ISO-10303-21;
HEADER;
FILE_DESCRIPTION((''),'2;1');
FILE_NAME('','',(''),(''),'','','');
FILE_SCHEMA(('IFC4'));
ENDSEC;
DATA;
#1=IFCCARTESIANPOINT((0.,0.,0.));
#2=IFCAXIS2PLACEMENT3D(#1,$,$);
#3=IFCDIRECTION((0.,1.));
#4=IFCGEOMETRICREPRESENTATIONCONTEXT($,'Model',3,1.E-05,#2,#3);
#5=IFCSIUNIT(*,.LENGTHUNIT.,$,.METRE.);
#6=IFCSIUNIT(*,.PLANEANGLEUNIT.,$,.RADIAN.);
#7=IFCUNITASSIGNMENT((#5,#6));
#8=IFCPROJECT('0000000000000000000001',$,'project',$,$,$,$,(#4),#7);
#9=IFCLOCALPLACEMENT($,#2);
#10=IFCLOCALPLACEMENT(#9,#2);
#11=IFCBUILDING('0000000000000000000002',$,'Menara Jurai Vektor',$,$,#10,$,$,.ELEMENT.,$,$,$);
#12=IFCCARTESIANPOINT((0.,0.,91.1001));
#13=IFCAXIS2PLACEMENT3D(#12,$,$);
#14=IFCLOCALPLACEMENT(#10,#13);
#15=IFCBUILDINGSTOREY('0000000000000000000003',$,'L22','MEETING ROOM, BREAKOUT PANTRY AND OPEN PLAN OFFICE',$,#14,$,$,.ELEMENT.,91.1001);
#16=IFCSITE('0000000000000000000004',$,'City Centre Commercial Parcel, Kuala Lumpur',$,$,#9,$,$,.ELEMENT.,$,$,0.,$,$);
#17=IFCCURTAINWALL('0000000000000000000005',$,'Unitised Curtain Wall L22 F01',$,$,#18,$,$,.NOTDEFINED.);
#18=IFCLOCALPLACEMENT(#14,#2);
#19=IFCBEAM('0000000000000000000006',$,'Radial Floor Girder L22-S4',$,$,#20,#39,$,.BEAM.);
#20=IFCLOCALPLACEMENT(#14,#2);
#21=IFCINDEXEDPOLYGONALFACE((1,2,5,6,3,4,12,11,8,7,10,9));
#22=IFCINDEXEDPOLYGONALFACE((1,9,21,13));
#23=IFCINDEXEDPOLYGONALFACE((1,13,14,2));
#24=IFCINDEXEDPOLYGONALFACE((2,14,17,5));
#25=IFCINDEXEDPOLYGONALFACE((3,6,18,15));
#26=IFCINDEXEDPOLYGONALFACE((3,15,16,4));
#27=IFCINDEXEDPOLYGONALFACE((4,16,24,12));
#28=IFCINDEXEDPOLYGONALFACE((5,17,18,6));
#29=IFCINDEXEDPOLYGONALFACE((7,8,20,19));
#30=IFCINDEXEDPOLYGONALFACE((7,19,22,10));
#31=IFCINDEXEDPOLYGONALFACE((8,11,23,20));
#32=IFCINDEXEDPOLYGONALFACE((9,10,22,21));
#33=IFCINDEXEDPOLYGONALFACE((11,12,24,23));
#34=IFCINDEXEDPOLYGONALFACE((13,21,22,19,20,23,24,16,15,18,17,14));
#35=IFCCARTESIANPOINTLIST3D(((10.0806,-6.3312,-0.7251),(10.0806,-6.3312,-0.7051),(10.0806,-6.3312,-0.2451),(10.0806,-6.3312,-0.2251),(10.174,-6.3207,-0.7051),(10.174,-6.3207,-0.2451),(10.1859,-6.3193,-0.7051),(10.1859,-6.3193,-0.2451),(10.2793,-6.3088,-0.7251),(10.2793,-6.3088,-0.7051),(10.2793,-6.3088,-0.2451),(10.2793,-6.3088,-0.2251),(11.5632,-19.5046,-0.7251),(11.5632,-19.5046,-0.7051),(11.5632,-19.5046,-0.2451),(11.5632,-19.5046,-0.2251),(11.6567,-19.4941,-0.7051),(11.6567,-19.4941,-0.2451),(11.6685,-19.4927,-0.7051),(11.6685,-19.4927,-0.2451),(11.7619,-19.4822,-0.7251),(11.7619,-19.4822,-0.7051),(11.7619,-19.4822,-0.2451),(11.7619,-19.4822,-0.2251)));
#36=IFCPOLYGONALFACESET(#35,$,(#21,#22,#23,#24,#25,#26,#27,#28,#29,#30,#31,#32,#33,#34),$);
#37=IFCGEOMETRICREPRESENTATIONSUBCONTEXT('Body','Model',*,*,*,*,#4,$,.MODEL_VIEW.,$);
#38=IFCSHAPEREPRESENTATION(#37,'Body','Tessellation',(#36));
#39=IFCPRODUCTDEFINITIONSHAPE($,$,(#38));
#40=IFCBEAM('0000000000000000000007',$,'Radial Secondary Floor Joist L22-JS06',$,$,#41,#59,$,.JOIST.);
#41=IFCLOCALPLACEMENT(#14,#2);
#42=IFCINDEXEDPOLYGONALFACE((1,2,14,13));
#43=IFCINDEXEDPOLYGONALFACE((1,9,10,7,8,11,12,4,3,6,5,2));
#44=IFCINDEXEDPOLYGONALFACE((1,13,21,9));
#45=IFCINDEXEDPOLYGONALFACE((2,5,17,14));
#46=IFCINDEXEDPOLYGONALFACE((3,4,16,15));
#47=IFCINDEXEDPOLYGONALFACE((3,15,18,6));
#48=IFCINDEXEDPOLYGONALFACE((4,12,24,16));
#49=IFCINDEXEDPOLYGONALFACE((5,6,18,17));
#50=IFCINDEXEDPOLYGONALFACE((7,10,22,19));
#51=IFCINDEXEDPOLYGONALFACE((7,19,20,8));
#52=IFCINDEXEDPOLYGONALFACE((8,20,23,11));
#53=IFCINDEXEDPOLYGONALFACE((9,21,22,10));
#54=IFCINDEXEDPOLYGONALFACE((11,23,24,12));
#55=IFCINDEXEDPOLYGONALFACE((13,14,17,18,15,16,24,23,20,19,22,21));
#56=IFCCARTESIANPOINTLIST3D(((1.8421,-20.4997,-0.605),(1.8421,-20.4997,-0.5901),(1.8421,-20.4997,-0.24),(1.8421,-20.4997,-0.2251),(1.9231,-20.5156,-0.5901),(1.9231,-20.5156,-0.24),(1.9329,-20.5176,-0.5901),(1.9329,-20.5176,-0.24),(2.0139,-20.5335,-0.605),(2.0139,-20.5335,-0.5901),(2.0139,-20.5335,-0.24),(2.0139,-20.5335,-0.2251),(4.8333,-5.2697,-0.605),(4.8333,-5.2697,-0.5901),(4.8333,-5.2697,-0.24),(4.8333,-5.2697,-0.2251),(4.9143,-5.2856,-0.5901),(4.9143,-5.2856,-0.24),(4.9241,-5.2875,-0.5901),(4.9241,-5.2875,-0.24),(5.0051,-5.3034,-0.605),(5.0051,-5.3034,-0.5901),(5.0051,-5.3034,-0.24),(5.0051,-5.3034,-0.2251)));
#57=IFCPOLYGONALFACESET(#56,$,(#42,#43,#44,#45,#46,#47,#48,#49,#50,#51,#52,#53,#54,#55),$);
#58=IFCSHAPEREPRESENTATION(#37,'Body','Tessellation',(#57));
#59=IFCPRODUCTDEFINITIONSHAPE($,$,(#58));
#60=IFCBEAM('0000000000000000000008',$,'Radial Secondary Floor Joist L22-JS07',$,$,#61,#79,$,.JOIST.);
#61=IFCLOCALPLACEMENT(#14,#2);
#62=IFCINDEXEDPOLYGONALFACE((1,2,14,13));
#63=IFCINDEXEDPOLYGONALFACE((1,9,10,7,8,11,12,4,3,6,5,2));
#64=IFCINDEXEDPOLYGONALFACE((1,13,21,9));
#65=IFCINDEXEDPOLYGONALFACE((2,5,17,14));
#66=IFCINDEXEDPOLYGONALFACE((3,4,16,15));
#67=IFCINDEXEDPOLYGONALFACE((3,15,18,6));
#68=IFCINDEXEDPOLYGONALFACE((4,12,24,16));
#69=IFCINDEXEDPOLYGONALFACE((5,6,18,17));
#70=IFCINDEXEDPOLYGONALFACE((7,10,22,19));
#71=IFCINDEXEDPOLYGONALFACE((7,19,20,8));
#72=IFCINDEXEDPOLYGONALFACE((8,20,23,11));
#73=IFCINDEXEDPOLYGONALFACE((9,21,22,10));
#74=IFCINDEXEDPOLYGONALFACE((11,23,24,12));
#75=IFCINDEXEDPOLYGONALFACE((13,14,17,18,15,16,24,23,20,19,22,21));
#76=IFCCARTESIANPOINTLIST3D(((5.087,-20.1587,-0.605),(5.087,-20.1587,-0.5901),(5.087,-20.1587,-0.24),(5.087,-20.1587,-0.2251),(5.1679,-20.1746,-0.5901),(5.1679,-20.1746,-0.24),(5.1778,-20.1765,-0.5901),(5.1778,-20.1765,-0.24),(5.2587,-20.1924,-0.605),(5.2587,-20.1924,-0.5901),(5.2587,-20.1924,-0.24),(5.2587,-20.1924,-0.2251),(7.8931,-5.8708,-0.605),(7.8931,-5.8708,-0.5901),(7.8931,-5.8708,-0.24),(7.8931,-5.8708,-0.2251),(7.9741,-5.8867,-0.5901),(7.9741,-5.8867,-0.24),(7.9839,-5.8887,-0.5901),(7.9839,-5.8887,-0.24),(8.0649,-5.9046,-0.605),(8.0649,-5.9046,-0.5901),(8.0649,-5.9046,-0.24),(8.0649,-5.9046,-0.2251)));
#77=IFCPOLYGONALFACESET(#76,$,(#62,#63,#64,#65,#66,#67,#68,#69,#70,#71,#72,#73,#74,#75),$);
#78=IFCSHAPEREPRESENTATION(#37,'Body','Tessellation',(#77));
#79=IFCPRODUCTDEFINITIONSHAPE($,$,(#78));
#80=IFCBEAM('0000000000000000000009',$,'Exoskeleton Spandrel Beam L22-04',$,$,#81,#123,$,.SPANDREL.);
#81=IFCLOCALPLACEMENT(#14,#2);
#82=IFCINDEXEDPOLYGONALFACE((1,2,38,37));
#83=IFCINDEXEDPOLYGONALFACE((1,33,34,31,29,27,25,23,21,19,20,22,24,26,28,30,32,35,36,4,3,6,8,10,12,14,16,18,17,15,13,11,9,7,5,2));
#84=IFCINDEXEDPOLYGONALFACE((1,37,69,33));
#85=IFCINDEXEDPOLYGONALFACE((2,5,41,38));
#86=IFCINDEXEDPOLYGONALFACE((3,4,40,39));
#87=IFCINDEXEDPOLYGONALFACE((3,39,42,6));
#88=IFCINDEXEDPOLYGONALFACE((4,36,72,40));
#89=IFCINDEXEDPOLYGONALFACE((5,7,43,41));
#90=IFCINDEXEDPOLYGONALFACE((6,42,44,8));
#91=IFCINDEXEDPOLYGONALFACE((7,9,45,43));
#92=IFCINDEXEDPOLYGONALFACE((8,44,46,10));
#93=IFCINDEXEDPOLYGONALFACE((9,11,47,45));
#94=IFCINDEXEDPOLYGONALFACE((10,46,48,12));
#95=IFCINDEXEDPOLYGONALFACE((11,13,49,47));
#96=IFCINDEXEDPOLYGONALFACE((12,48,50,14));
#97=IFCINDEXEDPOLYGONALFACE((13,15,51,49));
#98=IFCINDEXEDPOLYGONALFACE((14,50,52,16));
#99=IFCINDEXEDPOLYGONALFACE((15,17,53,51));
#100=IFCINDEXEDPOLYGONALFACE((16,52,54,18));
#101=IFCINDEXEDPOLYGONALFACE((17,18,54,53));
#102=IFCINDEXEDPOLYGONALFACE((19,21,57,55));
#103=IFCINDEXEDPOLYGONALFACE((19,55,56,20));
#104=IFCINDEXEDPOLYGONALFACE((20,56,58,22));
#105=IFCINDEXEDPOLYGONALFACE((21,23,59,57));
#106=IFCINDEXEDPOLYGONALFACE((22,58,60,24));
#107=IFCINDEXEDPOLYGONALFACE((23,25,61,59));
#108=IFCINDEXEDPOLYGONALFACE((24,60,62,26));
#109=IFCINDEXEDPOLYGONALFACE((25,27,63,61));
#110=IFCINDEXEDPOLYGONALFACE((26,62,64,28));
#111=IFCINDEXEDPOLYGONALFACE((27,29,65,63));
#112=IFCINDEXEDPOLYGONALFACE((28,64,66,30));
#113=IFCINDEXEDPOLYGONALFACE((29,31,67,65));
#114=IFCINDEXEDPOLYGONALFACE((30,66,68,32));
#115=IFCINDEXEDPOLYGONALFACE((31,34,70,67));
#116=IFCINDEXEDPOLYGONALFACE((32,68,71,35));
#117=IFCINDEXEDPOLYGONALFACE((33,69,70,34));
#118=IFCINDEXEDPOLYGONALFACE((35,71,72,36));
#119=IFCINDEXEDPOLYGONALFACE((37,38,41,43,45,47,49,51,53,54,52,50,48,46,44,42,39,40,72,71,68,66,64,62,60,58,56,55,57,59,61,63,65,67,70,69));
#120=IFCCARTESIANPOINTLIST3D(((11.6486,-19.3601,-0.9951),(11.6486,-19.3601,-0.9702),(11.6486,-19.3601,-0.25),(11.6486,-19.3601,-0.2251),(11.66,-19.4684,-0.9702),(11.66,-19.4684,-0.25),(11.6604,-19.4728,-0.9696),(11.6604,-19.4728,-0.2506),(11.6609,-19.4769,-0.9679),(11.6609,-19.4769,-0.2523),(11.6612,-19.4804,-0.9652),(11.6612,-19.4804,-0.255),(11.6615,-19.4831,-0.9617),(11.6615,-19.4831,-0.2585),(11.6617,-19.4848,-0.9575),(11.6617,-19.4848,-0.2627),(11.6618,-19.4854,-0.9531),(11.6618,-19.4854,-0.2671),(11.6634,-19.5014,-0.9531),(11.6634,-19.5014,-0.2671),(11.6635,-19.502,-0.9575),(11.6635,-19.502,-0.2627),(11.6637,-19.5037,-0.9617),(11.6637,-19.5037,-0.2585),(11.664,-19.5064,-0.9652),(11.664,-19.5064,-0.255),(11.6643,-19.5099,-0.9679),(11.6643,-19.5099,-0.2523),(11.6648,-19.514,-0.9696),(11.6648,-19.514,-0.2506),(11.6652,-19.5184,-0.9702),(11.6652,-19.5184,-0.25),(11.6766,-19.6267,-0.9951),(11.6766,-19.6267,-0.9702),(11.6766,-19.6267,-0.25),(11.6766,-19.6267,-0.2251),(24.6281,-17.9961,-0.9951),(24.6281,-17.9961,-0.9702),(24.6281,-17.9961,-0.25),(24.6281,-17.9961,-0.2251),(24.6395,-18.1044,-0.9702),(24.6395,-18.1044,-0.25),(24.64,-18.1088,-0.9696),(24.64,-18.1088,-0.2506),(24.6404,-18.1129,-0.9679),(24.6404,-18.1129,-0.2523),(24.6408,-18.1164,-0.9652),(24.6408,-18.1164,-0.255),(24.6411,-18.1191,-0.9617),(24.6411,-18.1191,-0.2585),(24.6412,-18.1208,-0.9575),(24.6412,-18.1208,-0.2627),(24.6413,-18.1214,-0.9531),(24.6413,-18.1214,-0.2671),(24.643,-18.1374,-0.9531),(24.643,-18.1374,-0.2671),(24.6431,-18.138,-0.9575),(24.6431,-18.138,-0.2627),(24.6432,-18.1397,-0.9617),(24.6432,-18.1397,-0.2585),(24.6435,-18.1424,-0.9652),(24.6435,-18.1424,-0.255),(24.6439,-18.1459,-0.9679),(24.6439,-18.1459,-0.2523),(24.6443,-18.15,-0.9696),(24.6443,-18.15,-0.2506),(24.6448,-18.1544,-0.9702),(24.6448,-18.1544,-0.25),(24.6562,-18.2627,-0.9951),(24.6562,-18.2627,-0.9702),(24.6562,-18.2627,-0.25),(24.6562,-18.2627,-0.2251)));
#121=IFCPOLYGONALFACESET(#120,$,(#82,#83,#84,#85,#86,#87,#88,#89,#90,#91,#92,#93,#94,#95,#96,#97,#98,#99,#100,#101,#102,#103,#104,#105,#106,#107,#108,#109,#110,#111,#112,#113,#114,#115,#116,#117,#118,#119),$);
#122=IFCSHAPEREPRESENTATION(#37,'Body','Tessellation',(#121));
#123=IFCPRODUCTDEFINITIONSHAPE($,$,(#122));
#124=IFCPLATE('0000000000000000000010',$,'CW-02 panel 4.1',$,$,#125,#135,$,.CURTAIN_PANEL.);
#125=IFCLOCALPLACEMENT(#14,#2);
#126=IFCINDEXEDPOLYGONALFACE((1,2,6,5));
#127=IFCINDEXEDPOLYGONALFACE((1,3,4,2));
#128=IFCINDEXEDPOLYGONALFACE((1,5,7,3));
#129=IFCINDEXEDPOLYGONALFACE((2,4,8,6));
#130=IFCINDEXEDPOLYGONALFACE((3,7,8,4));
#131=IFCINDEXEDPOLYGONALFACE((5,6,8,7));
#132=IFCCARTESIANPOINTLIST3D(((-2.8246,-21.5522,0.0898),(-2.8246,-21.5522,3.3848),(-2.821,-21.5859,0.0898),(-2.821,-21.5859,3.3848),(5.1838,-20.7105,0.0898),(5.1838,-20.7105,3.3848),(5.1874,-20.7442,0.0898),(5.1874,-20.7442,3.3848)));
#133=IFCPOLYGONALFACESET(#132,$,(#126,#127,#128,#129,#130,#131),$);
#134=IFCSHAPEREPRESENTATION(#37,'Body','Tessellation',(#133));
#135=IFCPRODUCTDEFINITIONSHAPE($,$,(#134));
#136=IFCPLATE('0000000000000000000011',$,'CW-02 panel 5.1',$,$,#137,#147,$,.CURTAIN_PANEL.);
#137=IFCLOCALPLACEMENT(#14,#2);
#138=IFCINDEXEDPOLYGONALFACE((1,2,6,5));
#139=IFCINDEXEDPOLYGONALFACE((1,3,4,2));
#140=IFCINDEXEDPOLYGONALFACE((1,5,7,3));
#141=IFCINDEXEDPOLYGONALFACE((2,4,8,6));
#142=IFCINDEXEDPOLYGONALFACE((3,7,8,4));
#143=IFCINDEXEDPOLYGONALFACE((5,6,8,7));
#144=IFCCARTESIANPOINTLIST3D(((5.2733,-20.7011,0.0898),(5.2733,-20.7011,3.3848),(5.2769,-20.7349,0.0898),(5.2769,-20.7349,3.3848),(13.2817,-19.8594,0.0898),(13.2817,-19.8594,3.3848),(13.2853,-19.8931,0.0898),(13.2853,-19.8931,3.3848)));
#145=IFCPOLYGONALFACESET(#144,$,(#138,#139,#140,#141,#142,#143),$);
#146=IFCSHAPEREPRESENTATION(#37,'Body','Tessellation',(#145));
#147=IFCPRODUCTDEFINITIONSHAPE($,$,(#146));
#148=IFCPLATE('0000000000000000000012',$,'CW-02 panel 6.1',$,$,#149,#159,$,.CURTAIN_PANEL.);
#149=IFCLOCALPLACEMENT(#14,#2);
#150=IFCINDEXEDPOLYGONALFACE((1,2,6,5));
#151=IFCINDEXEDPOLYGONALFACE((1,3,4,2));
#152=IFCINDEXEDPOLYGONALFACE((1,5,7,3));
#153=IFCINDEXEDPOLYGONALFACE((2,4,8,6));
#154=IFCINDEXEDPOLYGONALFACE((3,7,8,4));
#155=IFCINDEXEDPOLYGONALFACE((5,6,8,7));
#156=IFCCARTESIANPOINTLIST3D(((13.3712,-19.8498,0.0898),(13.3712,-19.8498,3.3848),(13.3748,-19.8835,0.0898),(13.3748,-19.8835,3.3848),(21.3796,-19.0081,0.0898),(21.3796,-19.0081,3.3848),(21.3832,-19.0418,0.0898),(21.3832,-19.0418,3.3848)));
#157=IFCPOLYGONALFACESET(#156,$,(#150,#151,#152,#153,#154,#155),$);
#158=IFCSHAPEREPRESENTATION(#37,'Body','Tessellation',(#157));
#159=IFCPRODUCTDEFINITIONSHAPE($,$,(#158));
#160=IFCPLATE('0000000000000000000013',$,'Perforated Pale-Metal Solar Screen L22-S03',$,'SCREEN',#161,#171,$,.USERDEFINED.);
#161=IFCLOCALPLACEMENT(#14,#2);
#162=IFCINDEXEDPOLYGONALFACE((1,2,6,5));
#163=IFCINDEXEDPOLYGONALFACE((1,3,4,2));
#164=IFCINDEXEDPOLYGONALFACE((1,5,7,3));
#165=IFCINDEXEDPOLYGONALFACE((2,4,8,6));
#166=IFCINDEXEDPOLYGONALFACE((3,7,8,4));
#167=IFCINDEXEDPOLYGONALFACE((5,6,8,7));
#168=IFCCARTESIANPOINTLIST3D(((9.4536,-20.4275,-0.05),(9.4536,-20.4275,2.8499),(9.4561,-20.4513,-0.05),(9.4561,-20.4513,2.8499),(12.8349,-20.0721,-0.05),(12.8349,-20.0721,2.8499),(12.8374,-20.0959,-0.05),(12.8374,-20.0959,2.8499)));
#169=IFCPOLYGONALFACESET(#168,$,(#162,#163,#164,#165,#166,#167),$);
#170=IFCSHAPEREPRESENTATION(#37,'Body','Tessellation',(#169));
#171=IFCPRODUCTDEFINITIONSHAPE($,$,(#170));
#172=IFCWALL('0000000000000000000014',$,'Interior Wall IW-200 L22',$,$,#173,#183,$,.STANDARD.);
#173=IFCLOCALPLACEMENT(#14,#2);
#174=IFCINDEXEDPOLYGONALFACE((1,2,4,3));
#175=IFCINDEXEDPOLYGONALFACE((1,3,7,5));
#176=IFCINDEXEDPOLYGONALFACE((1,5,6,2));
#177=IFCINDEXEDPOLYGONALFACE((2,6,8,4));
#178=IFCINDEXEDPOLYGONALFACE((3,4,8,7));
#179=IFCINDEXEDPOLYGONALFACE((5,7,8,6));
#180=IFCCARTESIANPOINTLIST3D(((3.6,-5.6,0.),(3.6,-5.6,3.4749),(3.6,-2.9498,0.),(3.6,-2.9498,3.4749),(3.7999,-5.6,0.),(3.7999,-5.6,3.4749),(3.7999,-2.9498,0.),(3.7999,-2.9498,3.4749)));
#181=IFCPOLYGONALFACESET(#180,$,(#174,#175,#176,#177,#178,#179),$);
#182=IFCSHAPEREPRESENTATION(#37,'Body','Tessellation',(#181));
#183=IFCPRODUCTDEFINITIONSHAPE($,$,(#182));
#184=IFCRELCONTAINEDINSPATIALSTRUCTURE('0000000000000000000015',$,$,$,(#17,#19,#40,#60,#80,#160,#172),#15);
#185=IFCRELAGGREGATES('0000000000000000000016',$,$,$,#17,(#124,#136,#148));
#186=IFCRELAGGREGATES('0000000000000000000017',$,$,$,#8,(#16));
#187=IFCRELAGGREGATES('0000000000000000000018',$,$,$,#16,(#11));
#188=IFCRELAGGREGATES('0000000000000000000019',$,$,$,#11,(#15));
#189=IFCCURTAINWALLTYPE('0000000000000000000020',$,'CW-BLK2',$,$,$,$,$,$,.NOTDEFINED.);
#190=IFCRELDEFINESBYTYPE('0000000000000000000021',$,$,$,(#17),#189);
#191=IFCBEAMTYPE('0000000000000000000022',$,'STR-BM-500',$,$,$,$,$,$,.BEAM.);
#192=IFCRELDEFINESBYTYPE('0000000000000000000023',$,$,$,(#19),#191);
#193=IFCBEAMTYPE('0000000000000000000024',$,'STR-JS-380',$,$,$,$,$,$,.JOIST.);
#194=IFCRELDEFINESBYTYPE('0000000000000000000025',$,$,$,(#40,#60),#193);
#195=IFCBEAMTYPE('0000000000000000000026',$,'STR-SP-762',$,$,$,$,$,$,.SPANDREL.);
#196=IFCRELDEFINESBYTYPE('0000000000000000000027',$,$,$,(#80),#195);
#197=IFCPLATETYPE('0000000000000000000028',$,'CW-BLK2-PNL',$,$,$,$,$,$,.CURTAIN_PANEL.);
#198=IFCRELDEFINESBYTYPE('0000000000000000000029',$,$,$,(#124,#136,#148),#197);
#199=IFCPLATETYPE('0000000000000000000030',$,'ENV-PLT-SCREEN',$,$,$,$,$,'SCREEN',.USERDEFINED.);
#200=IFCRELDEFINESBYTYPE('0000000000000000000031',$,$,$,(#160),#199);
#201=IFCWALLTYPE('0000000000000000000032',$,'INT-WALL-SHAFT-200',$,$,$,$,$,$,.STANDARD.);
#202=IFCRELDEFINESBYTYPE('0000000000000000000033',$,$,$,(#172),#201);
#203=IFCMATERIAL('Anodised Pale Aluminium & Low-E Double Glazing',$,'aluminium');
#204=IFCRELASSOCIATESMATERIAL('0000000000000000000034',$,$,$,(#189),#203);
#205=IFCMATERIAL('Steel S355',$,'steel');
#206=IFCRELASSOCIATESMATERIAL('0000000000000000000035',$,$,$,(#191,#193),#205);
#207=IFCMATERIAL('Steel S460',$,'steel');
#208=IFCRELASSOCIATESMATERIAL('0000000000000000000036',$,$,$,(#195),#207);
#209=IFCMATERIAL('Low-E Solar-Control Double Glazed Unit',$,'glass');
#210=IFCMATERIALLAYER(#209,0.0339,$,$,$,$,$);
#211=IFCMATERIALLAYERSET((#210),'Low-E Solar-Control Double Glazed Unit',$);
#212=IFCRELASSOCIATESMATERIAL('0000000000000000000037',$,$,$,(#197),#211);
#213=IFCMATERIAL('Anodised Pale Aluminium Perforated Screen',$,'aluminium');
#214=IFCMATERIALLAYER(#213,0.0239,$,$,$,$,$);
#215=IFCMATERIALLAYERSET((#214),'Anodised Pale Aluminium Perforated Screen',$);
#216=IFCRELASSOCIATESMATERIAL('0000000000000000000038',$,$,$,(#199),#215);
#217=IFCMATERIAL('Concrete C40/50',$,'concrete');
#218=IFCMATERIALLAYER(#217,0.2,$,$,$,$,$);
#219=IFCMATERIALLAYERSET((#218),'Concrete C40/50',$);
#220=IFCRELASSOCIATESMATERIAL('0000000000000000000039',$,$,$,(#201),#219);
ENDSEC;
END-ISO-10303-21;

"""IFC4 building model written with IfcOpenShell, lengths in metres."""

from ifc_helpers import new_model, si_unit, direction, frame, frame_2d, origin, origin_2d, place, context, subcontext, project, spatial, rectangle, i_section, extrude, material, layer, layer_set, material_profile, profile_set, type_object, element, aggregate, save


model = new_model("IFC4")

# Units and contexts
model_context = context("Model", 3, precision=1e-05, world=origin(), true_north=direction((0.0, 1.0)))
body_context = subcontext(model_context, "Body", "Model", "MODEL_VIEW")
ifc_project = project(units=[si_unit("LENGTHUNIT", "METRE"), si_unit("PLANEANGLEUNIT", "RADIAN")], contexts=[model_context])

# Site, building, storey
site_placement = place(None, origin())
site = spatial("IfcSite", under=ifc_project, at=site_placement, Name="City Centre Commercial Parcel, Kuala Lumpur", CompositionType="ELEMENT", RefElevation=0.0)
building_placement = place(site_placement, origin())
building = spatial("IfcBuilding", under=site, at=building_placement, Name="Menara Jurai Vektor", CompositionType="ELEMENT")
storey_placement = place(building_placement, frame((0.0, 0.0, 91.1001)))
storey = spatial("IfcBuildingStorey", under=building, at=storey_placement, Name="L22", Description="MEETING ROOM, BREAKOUT PANTRY AND OPEN PLAN OFFICE", CompositionType="ELEMENT", Elevation=91.1001)

# Shared definitions
ifc_material_1 = material(Name="Steel S460", Category="steel")

# Curtain wall
ifc_material_2 = material(Name="Anodised Pale Aluminium & Low-E Double Glazing", Category="aluminium")
curtain_wall_type = type_object("IfcCurtainWallType", Name="CW-BLK2", PredefinedType="NOTDEFINED", material=ifc_material_2)
curtain_wall_placement = place(storey_placement, origin())
curtain_wall = element("IfcCurtainWall", 1, at=curtain_wall_placement, inside=storey, type_object=curtain_wall_type, Name="Unitised Curtain Wall L22 F01", PredefinedType="NOTDEFINED")

# Beams
ifc_material_3 = material(Name="Steel S355", Category="steel")
ifc_material_profile_1 = material_profile(ifc_material_3, i_section(OverallWidth=0.2, OverallDepth=0.5, WebThickness=0.012, FlangeThickness=0.02, at=origin_2d()), Name="PG 500x200x96")
ifc_profile_set_1 = profile_set([ifc_material_profile_1], Name="Steel S355")
beam_type_1 = type_object("IfcBeamType", Name="STR-BM-500", PredefinedType="BEAM", material=ifc_profile_set_1)
beam_1_placement = place(storey_placement, frame((11.6626, -19.4934, -0.4751), z_axis=(-0.111844, 0.993726, 0.0), x_axis=(-0.993726, -0.111844, 0.0)))
element("IfcBeam", 2, at=beam_1_placement, inside=storey, type_object=beam_type_1, Name="Radial Floor Girder L22-S4", PredefinedType="BEAM", context=body_context, shape_type="SweptSolid", body=[
    extrude(i_section(OverallWidth=0.2, OverallDepth=0.5, WebThickness=0.012, FlangeThickness=0.02, at=origin_2d()), origin(), (0.0, 0.0, 1.0), 13.2566),
])
ifc_material_profile_2 = material_profile(ifc_material_3, i_section(OverallWidth=0.175, OverallDepth=0.3799, WebThickness=0.01, FlangeThickness=0.0149, at=origin_2d()), Name="PG 380x175x58")
ifc_profile_set_2 = profile_set([ifc_material_profile_2], Name="Steel S355")
beam_type_2 = type_object("IfcBeamType", Name="STR-JS-380", PredefinedType="JOIST", material=ifc_profile_set_2)
beam_2_placement = place(storey_placement, frame((1.928, -20.5166, -0.415), z_axis=(0.192721, 0.981254, 0.0), x_axis=(-0.981254, 0.192721, 0.0)))
element("IfcBeam", 3, at=beam_2_placement, inside=storey, type_object=beam_type_2, Name="Radial Secondary Floor Joist L22-JS06", PredefinedType="JOIST", context=body_context, shape_type="SweptSolid", body=[
    extrude(i_section(OverallWidth=0.175, OverallDepth=0.3799, WebThickness=0.01, FlangeThickness=0.0149, at=origin_2d()), origin(), (0.0, 0.0, 1.0), 15.521),
])
beam_3_placement = place(storey_placement, frame((5.1729, -20.1755, -0.415), z_axis=(0.19272, 0.981254, 0.0), x_axis=(-0.981254, 0.19272, 0.0)))
element("IfcBeam", 4, at=beam_3_placement, inside=storey, type_object=beam_type_2, Name="Radial Secondary Floor Joist L22-JS07", PredefinedType="JOIST", context=body_context, shape_type="SweptSolid", body=[
    extrude(i_section(OverallWidth=0.175, OverallDepth=0.3799, WebThickness=0.01, FlangeThickness=0.0149, at=origin_2d()), origin(), (0.0, 0.0, 1.0), 14.5608),
])
ifc_material_profile_3 = material_profile(ifc_material_1, i_section(OverallWidth=0.2681, OverallDepth=0.77, WebThickness=0.0161, FlangeThickness=0.0249, FilletRadius=0.0171, at=origin_2d()), Name="UKB 762x267x197")
ifc_profile_set_3 = profile_set([ifc_material_profile_3], Name="Steel S460")
beam_type_3 = type_object("IfcBeamType", Name="STR-SP-762", PredefinedType="SPANDREL", material=ifc_profile_set_3)
beam_4_placement = place(storey_placement, frame((11.6626, -19.4934, -0.6101), z_axis=(0.994523, 0.104514, 0.0), x_axis=(-0.104514, 0.994523, 0.0)))
element("IfcBeam", 5, at=beam_4_placement, inside=storey, type_object=beam_type_3, Name="Exoskeleton Spandrel Beam L22-04", PredefinedType="SPANDREL", context=body_context, shape_type="SweptSolid", body=[
    extrude(i_section(OverallWidth=0.2681, OverallDepth=0.77, WebThickness=0.0161, FlangeThickness=0.0249, FilletRadius=0.0171, at=origin_2d()), origin(), (0.0, 0.0, 1.0), 13.051),
])

# Plates
ifc_material_4 = material(Name="Low-E Solar-Control Double Glazed Unit", Category="glass")
ifc_layer_1 = layer(ifc_material_4, 0.0339)
ifc_layer_set_1 = layer_set([ifc_layer_1], Name="Low-E Solar-Control Double Glazed Unit")
plate_type_1 = type_object("IfcPlateType", Name="CW-BLK2-PNL", PredefinedType="CURTAIN_PANEL", material=ifc_layer_set_1)
plate_1_placement = place(storey_placement, frame((1.1814, -21.1482, 0.0898), z_axis=(0.0, 0.0, 1.0), x_axis=(0.994522, 0.104529, 0.0)))
plate_1 = element("IfcPlate", 6, at=plate_1_placement, type_object=plate_type_1, Name="CW-02 panel 4.1", PredefinedType="CURTAIN_PANEL", context=body_context, shape_type="SweptSolid", body=[
    extrude(rectangle(XDim=8.0525, YDim=0.0339, at=origin_2d()), origin(), (0.0, 0.0, 1.0), 3.2949),
])
plate_2_placement = place(storey_placement, frame((9.2793, -20.2971, 0.0898), z_axis=(0.0, 0.0, 1.0), x_axis=(0.994522, 0.104529, 0.0)))
plate_2 = element("IfcPlate", 7, at=plate_2_placement, type_object=plate_type_1, Name="CW-02 panel 5.1", PredefinedType="CURTAIN_PANEL", context=body_context, shape_type="SweptSolid", body=[
    extrude(rectangle(XDim=8.0525, YDim=0.0339, at=origin_2d()), origin(), (0.0, 0.0, 1.0), 3.2949),
])
plate_3_placement = place(storey_placement, frame((17.3772, -19.4458, 0.0898), z_axis=(0.0, 0.0, 1.0), x_axis=(0.994522, 0.104529, 0.0)))
plate_3 = element("IfcPlate", 8, at=plate_3_placement, type_object=plate_type_1, Name="CW-02 panel 6.1", PredefinedType="CURTAIN_PANEL", context=body_context, shape_type="SweptSolid", body=[
    extrude(rectangle(XDim=8.0525, YDim=0.0339, at=origin_2d()), origin(), (0.0, 0.0, 1.0), 3.2949),
])
aggregate(curtain_wall, [plate_1, plate_2, plate_3])
ifc_material_5 = material(Name="Anodised Pale Aluminium Perforated Screen", Category="aluminium")
ifc_layer_2 = layer(ifc_material_5, 0.0239)
ifc_layer_set_2 = layer_set([ifc_layer_2], Name="Anodised Pale Aluminium Perforated Screen")
plate_type_2 = type_object("IfcPlateType", Name="ENV-PLT-SCREEN", ElementType="SCREEN", PredefinedType="USERDEFINED", material=ifc_layer_set_2)
plate_4_placement = place(storey_placement, frame((11.1455, -20.2617, -0.05), z_axis=(0.0, 0.0, 1.0), x_axis=(0.994522, 0.104528, 0.0)))
element("IfcPlate", 9, at=plate_4_placement, inside=storey, type_object=plate_type_2, Name="Perforated Pale-Metal Solar Screen L22-S03", ObjectType="SCREEN", PredefinedType="USERDEFINED", context=body_context, shape_type="SweptSolid", body=[
    extrude(rectangle(XDim=3.3999, YDim=0.0239, at=origin_2d()), origin(), (0.0, 0.0, 1.0), 2.8999),
])

# Wall
ifc_material_6 = material(Name="Concrete C40/50", Category="concrete")
ifc_layer_3 = layer(ifc_material_6, 0.2)
ifc_layer_set_3 = layer_set([ifc_layer_3], Name="Concrete C40/50")
wall_type_1 = type_object("IfcWallType", Name="INT-WALL-SHAFT-200", PredefinedType="STANDARD", material=ifc_layer_set_3)
for number, where, z_axis, x_axis, name in (
    (10, (3.7, -5.6001, 0.0), (0.0, 0.0, 1.0), (0.0, 1.0, 0.0), "Interior Wall IW-200 L22"),
):
    element("IfcWall", number, at=place(storey_placement, frame(where, z_axis=z_axis, x_axis=x_axis)), inside=storey, type_object=wall_type_1, Name=name, PredefinedType="STANDARD", context=body_context, shape_type="SweptSolid", body=[
        extrude(rectangle(XDim=2.6501, YDim=0.2, at=frame_2d((1.3252, 0.0))), origin(), (0.0, 0.0, 1.0), 3.4749),
    ])

save(model, "model.ifc")
